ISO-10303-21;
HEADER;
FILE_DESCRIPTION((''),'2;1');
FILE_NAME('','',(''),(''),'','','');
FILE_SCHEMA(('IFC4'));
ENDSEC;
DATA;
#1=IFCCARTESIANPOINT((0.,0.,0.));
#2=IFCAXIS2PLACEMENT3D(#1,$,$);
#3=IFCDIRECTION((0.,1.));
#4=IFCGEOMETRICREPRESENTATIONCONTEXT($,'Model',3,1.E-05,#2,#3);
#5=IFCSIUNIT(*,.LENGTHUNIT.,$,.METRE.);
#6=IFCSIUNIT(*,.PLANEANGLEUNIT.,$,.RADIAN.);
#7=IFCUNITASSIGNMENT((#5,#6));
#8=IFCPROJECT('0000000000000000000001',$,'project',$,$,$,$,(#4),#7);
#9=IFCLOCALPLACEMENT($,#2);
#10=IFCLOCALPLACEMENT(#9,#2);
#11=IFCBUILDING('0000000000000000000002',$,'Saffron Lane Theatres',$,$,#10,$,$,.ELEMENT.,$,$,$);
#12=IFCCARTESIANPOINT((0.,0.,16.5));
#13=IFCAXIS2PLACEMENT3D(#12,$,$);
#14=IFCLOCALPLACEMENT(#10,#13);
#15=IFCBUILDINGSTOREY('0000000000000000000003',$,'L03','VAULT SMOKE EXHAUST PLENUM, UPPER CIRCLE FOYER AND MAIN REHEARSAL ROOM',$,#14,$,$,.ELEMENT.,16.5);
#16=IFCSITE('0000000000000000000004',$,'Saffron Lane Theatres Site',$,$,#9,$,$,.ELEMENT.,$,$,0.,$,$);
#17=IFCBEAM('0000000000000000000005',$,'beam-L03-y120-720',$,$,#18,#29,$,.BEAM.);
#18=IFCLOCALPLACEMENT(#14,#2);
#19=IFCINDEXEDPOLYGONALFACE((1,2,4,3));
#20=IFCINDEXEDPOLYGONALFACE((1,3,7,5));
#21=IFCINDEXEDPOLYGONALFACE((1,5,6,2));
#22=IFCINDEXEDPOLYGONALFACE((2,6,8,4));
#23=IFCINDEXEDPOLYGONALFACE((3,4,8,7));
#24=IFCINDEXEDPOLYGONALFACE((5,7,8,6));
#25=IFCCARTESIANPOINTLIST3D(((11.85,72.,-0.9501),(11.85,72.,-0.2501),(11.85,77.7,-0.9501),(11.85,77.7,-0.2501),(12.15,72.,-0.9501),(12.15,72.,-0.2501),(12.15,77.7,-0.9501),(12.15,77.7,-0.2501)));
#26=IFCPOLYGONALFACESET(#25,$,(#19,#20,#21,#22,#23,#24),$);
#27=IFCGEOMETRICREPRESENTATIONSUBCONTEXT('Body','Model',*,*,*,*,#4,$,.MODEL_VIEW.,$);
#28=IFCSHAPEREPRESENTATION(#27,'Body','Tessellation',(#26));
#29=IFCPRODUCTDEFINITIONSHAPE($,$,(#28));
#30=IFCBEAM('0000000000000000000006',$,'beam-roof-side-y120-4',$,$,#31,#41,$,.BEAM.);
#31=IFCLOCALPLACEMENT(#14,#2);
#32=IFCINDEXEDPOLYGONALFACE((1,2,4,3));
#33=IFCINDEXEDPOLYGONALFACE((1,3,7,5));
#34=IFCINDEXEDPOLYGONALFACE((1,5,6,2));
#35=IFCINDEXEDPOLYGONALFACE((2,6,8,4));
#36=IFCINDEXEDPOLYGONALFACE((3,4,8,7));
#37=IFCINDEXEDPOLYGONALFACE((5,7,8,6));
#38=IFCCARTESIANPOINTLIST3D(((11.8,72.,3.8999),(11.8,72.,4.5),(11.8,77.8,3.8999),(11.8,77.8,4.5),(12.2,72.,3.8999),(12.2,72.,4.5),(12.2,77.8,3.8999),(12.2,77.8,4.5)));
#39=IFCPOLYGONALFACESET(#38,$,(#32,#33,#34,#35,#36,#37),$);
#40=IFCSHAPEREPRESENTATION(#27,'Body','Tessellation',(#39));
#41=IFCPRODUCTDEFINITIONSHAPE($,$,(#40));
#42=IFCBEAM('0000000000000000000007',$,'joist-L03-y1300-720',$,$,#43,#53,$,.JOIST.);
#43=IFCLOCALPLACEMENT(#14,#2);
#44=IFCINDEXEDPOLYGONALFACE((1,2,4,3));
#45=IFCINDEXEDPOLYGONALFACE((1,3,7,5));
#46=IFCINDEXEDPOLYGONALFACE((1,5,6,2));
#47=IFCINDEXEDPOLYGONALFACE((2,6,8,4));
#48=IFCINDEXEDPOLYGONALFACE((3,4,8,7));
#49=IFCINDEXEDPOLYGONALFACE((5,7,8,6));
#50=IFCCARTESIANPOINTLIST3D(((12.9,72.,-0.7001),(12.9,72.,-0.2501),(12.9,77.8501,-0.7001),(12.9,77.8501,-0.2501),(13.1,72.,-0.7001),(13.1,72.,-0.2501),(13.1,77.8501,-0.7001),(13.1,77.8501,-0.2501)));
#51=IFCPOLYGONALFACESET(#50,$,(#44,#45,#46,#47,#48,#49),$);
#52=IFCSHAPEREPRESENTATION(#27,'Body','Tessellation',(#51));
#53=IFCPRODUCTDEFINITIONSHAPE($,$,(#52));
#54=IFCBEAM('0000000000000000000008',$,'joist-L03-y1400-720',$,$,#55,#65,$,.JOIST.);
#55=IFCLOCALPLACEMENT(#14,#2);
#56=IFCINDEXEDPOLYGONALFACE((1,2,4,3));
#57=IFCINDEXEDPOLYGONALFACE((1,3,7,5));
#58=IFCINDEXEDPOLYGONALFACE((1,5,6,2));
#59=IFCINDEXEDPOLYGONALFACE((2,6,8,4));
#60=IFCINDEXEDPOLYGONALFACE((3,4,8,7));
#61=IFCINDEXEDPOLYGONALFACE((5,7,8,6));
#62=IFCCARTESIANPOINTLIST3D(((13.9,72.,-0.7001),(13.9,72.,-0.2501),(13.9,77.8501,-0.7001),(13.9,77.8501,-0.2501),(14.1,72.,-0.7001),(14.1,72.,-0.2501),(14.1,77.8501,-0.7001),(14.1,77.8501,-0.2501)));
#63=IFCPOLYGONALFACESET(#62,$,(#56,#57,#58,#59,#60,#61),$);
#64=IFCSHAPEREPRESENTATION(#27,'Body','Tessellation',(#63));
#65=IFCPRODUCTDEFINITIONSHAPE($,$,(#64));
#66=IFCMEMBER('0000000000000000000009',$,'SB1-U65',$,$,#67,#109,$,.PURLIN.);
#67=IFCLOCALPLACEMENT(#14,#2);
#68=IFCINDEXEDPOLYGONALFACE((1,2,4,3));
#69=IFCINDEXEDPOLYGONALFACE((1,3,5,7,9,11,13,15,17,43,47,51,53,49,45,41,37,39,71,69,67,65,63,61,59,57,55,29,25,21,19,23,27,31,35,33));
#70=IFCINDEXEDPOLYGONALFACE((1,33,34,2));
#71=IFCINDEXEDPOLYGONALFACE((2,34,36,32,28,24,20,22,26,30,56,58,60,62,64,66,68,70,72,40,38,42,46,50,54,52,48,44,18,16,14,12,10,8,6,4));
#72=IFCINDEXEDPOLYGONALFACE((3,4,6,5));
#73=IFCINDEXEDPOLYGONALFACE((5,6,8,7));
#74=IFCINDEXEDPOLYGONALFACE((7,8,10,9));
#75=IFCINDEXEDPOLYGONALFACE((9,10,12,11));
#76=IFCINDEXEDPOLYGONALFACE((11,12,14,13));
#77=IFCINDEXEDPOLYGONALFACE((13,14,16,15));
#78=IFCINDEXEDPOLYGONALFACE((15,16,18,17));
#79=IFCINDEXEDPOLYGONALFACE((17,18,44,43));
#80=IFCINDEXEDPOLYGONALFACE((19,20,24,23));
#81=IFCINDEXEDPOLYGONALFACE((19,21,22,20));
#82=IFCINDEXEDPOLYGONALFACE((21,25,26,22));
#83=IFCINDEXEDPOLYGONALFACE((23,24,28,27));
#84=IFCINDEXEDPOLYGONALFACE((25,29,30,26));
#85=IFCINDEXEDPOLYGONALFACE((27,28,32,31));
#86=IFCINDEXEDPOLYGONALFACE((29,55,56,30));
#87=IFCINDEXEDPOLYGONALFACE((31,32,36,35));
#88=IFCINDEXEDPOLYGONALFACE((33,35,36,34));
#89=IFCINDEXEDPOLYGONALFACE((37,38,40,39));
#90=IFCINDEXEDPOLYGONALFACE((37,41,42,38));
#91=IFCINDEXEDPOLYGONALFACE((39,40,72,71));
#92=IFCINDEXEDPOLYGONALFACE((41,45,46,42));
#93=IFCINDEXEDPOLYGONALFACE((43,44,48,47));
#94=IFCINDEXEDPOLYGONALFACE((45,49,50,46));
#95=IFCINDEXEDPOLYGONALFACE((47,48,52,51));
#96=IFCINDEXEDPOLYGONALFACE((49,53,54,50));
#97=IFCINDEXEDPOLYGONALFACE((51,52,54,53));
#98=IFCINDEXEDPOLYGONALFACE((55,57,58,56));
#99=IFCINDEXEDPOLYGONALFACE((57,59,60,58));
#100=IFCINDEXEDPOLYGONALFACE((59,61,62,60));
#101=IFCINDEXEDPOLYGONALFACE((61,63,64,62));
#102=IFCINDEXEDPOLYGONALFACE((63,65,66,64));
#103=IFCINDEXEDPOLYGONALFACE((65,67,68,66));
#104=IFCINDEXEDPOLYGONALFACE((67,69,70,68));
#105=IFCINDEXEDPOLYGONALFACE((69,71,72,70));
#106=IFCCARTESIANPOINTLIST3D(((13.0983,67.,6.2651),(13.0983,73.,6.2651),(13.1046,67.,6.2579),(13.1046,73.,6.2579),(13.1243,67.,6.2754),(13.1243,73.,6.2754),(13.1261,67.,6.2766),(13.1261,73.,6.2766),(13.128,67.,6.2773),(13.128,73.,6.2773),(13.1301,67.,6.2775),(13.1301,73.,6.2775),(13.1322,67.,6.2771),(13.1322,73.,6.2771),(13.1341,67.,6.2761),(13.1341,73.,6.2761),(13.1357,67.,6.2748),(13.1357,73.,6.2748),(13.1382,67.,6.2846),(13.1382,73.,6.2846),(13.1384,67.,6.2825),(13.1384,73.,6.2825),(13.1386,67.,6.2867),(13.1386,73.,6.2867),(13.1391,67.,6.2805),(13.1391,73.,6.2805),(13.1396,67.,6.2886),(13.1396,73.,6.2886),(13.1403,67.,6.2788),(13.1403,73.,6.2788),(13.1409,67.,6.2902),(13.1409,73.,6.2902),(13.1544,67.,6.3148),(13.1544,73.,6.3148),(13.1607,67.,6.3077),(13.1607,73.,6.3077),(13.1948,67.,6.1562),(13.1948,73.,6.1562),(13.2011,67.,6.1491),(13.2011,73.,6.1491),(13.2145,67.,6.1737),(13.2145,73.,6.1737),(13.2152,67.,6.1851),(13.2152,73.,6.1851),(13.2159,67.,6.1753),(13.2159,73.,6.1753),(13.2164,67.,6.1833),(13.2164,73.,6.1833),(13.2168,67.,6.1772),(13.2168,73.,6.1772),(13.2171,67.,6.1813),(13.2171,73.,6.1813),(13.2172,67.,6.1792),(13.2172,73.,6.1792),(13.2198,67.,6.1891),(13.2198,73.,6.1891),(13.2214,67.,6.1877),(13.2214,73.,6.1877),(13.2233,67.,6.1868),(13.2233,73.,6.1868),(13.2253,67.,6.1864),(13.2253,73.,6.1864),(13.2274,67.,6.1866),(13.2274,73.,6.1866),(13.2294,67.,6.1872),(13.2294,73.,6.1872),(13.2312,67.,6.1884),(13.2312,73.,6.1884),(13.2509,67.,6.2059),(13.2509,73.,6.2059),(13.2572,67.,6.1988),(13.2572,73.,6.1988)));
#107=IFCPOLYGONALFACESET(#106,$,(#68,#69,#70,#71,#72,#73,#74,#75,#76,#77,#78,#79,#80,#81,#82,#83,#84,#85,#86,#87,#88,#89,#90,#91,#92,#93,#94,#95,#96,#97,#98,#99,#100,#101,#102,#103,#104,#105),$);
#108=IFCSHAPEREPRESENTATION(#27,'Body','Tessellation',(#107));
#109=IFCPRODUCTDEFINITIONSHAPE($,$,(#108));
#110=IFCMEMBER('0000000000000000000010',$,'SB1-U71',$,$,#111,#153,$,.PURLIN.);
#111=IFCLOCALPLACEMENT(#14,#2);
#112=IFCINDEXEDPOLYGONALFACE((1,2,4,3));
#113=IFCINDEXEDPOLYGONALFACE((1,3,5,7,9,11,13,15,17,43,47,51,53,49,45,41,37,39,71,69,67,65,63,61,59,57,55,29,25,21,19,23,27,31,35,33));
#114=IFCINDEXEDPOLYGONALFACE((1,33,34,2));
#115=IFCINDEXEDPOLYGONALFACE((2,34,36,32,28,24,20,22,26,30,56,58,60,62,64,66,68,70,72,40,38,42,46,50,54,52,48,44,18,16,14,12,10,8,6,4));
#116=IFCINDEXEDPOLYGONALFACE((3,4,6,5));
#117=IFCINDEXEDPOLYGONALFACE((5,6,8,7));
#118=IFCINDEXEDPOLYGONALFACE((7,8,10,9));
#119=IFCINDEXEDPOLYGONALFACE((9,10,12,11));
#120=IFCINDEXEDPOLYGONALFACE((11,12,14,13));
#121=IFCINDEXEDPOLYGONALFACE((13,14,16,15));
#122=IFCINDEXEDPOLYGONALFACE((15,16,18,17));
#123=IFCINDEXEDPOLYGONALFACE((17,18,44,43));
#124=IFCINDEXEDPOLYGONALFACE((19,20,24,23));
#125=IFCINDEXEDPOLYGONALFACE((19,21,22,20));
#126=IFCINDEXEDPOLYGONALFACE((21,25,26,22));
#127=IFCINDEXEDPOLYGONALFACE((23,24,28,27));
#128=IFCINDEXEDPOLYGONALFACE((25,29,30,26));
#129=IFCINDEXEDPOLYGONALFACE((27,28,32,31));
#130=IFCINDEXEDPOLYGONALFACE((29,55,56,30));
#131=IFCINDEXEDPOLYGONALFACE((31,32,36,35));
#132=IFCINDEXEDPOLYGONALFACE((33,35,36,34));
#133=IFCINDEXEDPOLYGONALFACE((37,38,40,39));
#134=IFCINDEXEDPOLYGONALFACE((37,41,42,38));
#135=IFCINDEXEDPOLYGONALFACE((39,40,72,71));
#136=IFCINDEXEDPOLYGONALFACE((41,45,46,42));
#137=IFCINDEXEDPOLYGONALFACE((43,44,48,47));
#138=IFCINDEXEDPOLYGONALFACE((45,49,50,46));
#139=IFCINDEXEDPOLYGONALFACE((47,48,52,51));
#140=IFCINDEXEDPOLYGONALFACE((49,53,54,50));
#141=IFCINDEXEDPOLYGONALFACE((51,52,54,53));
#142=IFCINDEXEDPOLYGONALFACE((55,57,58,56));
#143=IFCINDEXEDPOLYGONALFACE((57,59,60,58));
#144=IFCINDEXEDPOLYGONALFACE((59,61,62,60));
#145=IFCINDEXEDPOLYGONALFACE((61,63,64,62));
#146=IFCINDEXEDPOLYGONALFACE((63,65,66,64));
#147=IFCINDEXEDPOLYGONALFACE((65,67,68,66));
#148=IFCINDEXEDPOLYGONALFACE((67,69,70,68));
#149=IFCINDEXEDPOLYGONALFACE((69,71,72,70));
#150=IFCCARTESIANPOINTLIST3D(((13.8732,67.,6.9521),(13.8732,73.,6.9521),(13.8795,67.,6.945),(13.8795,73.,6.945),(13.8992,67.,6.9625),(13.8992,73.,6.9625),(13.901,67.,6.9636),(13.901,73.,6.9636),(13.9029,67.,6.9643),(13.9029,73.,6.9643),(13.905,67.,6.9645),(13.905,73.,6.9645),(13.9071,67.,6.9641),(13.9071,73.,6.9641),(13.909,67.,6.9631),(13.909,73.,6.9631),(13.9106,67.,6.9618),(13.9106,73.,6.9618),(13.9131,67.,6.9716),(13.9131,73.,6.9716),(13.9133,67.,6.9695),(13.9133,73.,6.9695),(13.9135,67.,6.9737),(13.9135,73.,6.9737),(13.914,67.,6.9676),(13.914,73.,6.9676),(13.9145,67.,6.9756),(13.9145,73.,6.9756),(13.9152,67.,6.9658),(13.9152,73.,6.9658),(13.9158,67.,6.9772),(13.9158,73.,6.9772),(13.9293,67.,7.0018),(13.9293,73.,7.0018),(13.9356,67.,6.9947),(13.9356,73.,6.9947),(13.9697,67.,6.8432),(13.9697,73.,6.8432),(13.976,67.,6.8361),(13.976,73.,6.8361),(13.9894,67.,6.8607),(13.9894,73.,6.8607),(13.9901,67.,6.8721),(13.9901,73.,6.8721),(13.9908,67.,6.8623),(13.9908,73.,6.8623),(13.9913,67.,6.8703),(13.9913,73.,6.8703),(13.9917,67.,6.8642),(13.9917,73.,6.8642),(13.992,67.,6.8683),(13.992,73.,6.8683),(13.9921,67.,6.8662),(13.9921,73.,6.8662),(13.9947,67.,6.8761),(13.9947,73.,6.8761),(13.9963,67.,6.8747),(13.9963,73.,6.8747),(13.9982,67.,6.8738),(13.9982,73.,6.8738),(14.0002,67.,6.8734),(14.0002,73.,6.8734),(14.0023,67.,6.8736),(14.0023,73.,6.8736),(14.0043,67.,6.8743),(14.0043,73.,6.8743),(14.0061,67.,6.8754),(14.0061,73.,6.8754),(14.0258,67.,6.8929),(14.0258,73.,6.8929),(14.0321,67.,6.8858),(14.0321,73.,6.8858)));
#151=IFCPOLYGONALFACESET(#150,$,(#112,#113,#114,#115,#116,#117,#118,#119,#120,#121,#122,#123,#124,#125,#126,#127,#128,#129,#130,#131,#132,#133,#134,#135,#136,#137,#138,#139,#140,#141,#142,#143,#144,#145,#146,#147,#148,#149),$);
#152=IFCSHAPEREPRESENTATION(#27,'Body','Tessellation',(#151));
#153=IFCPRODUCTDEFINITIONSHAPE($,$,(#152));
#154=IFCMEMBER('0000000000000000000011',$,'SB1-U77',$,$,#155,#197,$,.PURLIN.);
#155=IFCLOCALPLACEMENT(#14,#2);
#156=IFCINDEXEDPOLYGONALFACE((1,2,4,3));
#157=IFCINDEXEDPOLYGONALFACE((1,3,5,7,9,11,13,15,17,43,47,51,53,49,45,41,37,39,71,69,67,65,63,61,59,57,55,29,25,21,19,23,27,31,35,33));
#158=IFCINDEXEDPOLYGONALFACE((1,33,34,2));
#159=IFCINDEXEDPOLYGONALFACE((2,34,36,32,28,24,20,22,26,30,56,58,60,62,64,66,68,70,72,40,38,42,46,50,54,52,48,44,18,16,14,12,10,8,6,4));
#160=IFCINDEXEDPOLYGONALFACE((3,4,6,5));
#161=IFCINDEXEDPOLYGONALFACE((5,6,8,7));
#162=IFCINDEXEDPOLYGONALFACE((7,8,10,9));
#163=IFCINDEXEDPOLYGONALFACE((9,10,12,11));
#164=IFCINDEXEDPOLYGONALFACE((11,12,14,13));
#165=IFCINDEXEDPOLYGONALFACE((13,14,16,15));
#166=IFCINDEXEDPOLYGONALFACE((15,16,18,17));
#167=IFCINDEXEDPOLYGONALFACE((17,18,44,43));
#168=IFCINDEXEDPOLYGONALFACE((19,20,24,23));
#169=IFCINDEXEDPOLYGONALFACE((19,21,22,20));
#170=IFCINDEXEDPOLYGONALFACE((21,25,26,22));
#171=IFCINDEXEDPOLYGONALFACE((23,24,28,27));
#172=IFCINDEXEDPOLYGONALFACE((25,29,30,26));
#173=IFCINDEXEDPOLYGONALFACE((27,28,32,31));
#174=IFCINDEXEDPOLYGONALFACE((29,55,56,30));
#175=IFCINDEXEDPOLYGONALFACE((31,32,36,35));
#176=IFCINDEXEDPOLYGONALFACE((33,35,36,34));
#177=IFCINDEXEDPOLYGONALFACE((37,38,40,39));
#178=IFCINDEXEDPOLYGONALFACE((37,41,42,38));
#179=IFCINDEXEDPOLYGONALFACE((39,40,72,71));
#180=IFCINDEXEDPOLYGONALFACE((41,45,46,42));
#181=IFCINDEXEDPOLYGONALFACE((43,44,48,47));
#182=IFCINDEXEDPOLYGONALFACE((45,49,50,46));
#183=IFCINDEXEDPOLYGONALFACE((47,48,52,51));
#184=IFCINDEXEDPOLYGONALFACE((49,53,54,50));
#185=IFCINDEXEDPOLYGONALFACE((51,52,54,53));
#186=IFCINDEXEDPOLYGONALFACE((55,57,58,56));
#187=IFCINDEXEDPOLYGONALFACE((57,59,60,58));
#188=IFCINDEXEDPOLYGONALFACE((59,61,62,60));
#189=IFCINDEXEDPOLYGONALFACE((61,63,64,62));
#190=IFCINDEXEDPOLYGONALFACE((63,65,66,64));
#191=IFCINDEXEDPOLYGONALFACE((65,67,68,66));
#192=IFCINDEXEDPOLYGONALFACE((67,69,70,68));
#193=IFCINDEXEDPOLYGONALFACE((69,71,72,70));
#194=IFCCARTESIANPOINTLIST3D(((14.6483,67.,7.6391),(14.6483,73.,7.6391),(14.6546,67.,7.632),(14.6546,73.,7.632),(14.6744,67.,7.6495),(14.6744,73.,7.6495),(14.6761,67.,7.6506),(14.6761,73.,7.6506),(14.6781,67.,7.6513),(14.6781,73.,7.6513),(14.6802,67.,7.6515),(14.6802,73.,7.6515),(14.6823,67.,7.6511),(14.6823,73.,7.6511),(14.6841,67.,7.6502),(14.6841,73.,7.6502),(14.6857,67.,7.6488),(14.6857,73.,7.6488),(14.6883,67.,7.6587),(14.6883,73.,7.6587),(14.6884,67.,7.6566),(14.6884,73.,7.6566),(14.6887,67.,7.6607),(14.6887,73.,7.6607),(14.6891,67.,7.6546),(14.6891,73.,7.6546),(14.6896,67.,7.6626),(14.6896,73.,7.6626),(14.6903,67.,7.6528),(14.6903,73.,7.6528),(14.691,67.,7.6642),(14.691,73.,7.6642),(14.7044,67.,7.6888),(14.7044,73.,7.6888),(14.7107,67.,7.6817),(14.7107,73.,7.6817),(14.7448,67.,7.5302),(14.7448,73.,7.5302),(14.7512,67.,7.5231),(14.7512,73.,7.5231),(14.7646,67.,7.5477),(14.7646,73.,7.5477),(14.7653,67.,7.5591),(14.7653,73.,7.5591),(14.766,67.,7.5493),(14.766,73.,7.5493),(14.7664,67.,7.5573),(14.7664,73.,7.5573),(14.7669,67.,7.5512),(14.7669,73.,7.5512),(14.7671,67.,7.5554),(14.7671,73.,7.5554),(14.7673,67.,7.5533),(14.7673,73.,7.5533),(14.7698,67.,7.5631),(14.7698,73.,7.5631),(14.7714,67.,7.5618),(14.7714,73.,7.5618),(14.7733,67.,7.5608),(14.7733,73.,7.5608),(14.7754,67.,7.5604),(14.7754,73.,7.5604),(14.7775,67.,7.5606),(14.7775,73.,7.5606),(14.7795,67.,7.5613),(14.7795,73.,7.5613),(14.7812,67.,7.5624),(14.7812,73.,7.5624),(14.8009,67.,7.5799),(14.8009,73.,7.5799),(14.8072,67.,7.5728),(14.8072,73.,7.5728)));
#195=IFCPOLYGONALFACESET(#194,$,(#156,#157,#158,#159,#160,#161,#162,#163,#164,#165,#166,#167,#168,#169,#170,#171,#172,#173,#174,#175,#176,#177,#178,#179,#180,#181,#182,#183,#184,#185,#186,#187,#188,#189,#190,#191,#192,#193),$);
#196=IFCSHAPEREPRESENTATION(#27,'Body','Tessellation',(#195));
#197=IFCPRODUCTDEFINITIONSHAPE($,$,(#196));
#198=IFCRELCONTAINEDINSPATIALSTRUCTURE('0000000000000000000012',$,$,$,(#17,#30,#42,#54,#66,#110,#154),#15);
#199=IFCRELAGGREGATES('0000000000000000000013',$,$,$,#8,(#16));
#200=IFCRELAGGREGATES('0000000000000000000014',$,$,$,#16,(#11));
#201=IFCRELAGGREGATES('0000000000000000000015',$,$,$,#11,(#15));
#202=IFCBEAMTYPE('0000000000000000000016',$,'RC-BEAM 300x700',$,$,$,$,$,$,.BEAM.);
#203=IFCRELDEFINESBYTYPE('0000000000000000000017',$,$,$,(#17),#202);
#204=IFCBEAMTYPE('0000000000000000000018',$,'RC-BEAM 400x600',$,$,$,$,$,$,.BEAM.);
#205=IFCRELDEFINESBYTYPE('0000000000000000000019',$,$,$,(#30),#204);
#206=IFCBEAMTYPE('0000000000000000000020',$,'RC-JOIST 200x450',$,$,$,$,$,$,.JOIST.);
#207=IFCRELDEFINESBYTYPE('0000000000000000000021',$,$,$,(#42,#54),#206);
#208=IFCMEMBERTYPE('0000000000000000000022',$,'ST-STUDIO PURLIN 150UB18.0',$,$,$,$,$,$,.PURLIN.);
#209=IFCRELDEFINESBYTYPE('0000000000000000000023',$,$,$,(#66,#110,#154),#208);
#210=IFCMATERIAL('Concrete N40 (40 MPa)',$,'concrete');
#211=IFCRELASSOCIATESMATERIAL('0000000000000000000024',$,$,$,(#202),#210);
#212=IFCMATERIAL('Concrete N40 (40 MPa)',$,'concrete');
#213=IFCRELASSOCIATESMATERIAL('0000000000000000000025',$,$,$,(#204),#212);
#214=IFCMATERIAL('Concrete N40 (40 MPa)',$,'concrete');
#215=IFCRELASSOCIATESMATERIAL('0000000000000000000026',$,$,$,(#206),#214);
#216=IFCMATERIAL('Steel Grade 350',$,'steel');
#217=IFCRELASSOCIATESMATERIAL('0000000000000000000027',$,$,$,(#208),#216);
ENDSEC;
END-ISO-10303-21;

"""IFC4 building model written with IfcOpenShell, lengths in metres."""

from ifc_helpers import new_model, si_unit, direction, frame, origin, origin_2d, place, context, subcontext, project, spatial, rectangle, i_section, extrude, material, material_profile, profile_set, type_object, element, save


model = new_model("IFC4")

# Units and contexts
model_context = context("Model", 3, precision=1e-05, world=origin(), true_north=direction((0.0, 1.0)))
body_context = subcontext(model_context, "Body", "Model", "MODEL_VIEW")
ifc_project = project(units=[si_unit("LENGTHUNIT", "METRE"), si_unit("PLANEANGLEUNIT", "RADIAN")], contexts=[model_context])

# Site, building, storey
site_placement = place(None, origin())
site = spatial("IfcSite", under=ifc_project, at=site_placement, Name="Saffron Lane Theatres Site", CompositionType="ELEMENT", RefElevation=0.0)
building_placement = place(site_placement, origin())
building = spatial("IfcBuilding", under=site, at=building_placement, Name="Saffron Lane Theatres", CompositionType="ELEMENT")
storey_placement = place(building_placement, frame((0.0, 0.0, 16.5)))
storey = spatial("IfcBuildingStorey", under=building, at=storey_placement, Name="L03", Description="VAULT SMOKE EXHAUST PLENUM, UPPER CIRCLE FOYER AND MAIN REHEARSAL ROOM", CompositionType="ELEMENT", Elevation=16.5)

# Beams
ifc_material_1 = material(Name="Concrete N40 (40 MPa)", Category="concrete")
ifc_material_profile_1 = material_profile(ifc_material_1, rectangle(XDim=0.3, YDim=0.7, at=origin_2d()))
ifc_profile_set_1 = profile_set([ifc_material_profile_1], Name="Concrete N40 (40 MPa)")
beam_type_1 = type_object("IfcBeamType", Name="RC-BEAM 300x700", PredefinedType="BEAM", material=ifc_profile_set_1)
beam_1_placement = place(storey_placement, frame((12.0, 72.0, -0.6001), z_axis=(0.0, 1.0, 0.0), x_axis=(-1.0, 0.0, 0.0)))
element("IfcBeam", 1, at=beam_1_placement, inside=storey, type_object=beam_type_1, Name="beam-L03-y120-720", PredefinedType="BEAM", context=body_context, shape_type="SweptSolid", body=[
    extrude(rectangle(XDim=0.3, YDim=0.7, at=origin_2d()), origin(), (0.0, 0.0, 1.0), 5.7),
])
ifc_material_2 = material(Name="Concrete N40 (40 MPa)", Category="concrete")
ifc_material_profile_2 = material_profile(ifc_material_2, rectangle(XDim=0.3999, YDim=0.6001, at=origin_2d()))
ifc_profile_set_2 = profile_set([ifc_material_profile_2], Name="Concrete N40 (40 MPa)")
beam_type_2 = type_object("IfcBeamType", Name="RC-BEAM 400x600", PredefinedType="BEAM", material=ifc_profile_set_2)
beam_2_placement = place(storey_placement, frame((12.0, 72.0, 4.2), z_axis=(0.0, 1.0, 0.0), x_axis=(-1.0, 0.0, 0.0)))
element("IfcBeam", 2, at=beam_2_placement, inside=storey, type_object=beam_type_2, Name="beam-roof-side-y120-4", PredefinedType="BEAM", context=body_context, shape_type="SweptSolid", body=[
    extrude(rectangle(XDim=0.3999, YDim=0.6001, at=origin_2d()), origin(), (0.0, 0.0, 1.0), 5.8),
])
ifc_material_3 = material(Name="Concrete N40 (40 MPa)", Category="concrete")
ifc_material_profile_3 = material_profile(ifc_material_3, rectangle(XDim=0.2, YDim=0.45, at=origin_2d()))
ifc_profile_set_3 = profile_set([ifc_material_profile_3], Name="Concrete N40 (40 MPa)")
beam_type_3 = type_object("IfcBeamType", Name="RC-JOIST 200x450", PredefinedType="JOIST", material=ifc_profile_set_3)
for number, where, z_axis, x_axis, name in (
    (3, (13.0, 72.0, -0.4751), (0.0, 1.0, 0.0), (-1.0, 0.0, 0.0), "joist-L03-y1300-720"),
    (4, (14.0, 72.0, -0.4751), (0.0, 1.0, 0.0), (-1.0, 0.0, 0.0), "joist-L03-y1400-720"),
):
    element("IfcBeam", number, at=place(storey_placement, frame(where, z_axis=z_axis, x_axis=x_axis)), inside=storey, type_object=beam_type_3, Name=name, PredefinedType="JOIST", context=body_context, shape_type="SweptSolid", body=[
        extrude(rectangle(XDim=0.2, YDim=0.45, at=origin_2d()), origin(), (0.0, 0.0, 1.0), 5.8501),
    ])

# Members
ifc_material_4 = material(Name="Steel Grade 350", Category="steel")
ifc_material_profile_4 = material_profile(ifc_material_4, i_section(OverallWidth=0.075, OverallDepth=0.155, WebThickness=0.0061, FlangeThickness=0.0095, FilletRadius=0.0081, at=origin_2d()))
ifc_profile_set_4 = profile_set([ifc_material_profile_4], Name="Steel Grade 350")
member_type_1 = type_object("IfcMemberType", Name="ST-STUDIO PURLIN 150UB18.0", PredefinedType="PURLIN", material=ifc_profile_set_4)
for number, where, z_axis, x_axis, name in (
    (5, (13.1777, 67.0, 6.2319), (0.0, 1.0, 0.0), (-0.748269, 0.0, -0.663396), "SB1-U65"),
    (6, (13.9526, 67.0, 6.9189), (0.0, 1.0, 0.0), (-0.748269, 0.0, -0.663396), "SB1-U71"),
    (7, (14.7278, 67.0, 7.606), (0.0, 1.0, 0.0), (-0.748269, 0.0, -0.663396), "SB1-U77"),
):
    element("IfcMember", number, at=place(storey_placement, frame(where, z_axis=z_axis, x_axis=x_axis)), inside=storey, type_object=member_type_1, Name=name, PredefinedType="PURLIN", context=body_context, shape_type="SweptSolid", body=[
        extrude(i_section(OverallWidth=0.075, OverallDepth=0.155, WebThickness=0.0061, FlangeThickness=0.0095, FilletRadius=0.0081, at=origin_2d()), origin(), (0.0, 0.0, 1.0), 6.0),
    ])

save(model, "model.ifc")
